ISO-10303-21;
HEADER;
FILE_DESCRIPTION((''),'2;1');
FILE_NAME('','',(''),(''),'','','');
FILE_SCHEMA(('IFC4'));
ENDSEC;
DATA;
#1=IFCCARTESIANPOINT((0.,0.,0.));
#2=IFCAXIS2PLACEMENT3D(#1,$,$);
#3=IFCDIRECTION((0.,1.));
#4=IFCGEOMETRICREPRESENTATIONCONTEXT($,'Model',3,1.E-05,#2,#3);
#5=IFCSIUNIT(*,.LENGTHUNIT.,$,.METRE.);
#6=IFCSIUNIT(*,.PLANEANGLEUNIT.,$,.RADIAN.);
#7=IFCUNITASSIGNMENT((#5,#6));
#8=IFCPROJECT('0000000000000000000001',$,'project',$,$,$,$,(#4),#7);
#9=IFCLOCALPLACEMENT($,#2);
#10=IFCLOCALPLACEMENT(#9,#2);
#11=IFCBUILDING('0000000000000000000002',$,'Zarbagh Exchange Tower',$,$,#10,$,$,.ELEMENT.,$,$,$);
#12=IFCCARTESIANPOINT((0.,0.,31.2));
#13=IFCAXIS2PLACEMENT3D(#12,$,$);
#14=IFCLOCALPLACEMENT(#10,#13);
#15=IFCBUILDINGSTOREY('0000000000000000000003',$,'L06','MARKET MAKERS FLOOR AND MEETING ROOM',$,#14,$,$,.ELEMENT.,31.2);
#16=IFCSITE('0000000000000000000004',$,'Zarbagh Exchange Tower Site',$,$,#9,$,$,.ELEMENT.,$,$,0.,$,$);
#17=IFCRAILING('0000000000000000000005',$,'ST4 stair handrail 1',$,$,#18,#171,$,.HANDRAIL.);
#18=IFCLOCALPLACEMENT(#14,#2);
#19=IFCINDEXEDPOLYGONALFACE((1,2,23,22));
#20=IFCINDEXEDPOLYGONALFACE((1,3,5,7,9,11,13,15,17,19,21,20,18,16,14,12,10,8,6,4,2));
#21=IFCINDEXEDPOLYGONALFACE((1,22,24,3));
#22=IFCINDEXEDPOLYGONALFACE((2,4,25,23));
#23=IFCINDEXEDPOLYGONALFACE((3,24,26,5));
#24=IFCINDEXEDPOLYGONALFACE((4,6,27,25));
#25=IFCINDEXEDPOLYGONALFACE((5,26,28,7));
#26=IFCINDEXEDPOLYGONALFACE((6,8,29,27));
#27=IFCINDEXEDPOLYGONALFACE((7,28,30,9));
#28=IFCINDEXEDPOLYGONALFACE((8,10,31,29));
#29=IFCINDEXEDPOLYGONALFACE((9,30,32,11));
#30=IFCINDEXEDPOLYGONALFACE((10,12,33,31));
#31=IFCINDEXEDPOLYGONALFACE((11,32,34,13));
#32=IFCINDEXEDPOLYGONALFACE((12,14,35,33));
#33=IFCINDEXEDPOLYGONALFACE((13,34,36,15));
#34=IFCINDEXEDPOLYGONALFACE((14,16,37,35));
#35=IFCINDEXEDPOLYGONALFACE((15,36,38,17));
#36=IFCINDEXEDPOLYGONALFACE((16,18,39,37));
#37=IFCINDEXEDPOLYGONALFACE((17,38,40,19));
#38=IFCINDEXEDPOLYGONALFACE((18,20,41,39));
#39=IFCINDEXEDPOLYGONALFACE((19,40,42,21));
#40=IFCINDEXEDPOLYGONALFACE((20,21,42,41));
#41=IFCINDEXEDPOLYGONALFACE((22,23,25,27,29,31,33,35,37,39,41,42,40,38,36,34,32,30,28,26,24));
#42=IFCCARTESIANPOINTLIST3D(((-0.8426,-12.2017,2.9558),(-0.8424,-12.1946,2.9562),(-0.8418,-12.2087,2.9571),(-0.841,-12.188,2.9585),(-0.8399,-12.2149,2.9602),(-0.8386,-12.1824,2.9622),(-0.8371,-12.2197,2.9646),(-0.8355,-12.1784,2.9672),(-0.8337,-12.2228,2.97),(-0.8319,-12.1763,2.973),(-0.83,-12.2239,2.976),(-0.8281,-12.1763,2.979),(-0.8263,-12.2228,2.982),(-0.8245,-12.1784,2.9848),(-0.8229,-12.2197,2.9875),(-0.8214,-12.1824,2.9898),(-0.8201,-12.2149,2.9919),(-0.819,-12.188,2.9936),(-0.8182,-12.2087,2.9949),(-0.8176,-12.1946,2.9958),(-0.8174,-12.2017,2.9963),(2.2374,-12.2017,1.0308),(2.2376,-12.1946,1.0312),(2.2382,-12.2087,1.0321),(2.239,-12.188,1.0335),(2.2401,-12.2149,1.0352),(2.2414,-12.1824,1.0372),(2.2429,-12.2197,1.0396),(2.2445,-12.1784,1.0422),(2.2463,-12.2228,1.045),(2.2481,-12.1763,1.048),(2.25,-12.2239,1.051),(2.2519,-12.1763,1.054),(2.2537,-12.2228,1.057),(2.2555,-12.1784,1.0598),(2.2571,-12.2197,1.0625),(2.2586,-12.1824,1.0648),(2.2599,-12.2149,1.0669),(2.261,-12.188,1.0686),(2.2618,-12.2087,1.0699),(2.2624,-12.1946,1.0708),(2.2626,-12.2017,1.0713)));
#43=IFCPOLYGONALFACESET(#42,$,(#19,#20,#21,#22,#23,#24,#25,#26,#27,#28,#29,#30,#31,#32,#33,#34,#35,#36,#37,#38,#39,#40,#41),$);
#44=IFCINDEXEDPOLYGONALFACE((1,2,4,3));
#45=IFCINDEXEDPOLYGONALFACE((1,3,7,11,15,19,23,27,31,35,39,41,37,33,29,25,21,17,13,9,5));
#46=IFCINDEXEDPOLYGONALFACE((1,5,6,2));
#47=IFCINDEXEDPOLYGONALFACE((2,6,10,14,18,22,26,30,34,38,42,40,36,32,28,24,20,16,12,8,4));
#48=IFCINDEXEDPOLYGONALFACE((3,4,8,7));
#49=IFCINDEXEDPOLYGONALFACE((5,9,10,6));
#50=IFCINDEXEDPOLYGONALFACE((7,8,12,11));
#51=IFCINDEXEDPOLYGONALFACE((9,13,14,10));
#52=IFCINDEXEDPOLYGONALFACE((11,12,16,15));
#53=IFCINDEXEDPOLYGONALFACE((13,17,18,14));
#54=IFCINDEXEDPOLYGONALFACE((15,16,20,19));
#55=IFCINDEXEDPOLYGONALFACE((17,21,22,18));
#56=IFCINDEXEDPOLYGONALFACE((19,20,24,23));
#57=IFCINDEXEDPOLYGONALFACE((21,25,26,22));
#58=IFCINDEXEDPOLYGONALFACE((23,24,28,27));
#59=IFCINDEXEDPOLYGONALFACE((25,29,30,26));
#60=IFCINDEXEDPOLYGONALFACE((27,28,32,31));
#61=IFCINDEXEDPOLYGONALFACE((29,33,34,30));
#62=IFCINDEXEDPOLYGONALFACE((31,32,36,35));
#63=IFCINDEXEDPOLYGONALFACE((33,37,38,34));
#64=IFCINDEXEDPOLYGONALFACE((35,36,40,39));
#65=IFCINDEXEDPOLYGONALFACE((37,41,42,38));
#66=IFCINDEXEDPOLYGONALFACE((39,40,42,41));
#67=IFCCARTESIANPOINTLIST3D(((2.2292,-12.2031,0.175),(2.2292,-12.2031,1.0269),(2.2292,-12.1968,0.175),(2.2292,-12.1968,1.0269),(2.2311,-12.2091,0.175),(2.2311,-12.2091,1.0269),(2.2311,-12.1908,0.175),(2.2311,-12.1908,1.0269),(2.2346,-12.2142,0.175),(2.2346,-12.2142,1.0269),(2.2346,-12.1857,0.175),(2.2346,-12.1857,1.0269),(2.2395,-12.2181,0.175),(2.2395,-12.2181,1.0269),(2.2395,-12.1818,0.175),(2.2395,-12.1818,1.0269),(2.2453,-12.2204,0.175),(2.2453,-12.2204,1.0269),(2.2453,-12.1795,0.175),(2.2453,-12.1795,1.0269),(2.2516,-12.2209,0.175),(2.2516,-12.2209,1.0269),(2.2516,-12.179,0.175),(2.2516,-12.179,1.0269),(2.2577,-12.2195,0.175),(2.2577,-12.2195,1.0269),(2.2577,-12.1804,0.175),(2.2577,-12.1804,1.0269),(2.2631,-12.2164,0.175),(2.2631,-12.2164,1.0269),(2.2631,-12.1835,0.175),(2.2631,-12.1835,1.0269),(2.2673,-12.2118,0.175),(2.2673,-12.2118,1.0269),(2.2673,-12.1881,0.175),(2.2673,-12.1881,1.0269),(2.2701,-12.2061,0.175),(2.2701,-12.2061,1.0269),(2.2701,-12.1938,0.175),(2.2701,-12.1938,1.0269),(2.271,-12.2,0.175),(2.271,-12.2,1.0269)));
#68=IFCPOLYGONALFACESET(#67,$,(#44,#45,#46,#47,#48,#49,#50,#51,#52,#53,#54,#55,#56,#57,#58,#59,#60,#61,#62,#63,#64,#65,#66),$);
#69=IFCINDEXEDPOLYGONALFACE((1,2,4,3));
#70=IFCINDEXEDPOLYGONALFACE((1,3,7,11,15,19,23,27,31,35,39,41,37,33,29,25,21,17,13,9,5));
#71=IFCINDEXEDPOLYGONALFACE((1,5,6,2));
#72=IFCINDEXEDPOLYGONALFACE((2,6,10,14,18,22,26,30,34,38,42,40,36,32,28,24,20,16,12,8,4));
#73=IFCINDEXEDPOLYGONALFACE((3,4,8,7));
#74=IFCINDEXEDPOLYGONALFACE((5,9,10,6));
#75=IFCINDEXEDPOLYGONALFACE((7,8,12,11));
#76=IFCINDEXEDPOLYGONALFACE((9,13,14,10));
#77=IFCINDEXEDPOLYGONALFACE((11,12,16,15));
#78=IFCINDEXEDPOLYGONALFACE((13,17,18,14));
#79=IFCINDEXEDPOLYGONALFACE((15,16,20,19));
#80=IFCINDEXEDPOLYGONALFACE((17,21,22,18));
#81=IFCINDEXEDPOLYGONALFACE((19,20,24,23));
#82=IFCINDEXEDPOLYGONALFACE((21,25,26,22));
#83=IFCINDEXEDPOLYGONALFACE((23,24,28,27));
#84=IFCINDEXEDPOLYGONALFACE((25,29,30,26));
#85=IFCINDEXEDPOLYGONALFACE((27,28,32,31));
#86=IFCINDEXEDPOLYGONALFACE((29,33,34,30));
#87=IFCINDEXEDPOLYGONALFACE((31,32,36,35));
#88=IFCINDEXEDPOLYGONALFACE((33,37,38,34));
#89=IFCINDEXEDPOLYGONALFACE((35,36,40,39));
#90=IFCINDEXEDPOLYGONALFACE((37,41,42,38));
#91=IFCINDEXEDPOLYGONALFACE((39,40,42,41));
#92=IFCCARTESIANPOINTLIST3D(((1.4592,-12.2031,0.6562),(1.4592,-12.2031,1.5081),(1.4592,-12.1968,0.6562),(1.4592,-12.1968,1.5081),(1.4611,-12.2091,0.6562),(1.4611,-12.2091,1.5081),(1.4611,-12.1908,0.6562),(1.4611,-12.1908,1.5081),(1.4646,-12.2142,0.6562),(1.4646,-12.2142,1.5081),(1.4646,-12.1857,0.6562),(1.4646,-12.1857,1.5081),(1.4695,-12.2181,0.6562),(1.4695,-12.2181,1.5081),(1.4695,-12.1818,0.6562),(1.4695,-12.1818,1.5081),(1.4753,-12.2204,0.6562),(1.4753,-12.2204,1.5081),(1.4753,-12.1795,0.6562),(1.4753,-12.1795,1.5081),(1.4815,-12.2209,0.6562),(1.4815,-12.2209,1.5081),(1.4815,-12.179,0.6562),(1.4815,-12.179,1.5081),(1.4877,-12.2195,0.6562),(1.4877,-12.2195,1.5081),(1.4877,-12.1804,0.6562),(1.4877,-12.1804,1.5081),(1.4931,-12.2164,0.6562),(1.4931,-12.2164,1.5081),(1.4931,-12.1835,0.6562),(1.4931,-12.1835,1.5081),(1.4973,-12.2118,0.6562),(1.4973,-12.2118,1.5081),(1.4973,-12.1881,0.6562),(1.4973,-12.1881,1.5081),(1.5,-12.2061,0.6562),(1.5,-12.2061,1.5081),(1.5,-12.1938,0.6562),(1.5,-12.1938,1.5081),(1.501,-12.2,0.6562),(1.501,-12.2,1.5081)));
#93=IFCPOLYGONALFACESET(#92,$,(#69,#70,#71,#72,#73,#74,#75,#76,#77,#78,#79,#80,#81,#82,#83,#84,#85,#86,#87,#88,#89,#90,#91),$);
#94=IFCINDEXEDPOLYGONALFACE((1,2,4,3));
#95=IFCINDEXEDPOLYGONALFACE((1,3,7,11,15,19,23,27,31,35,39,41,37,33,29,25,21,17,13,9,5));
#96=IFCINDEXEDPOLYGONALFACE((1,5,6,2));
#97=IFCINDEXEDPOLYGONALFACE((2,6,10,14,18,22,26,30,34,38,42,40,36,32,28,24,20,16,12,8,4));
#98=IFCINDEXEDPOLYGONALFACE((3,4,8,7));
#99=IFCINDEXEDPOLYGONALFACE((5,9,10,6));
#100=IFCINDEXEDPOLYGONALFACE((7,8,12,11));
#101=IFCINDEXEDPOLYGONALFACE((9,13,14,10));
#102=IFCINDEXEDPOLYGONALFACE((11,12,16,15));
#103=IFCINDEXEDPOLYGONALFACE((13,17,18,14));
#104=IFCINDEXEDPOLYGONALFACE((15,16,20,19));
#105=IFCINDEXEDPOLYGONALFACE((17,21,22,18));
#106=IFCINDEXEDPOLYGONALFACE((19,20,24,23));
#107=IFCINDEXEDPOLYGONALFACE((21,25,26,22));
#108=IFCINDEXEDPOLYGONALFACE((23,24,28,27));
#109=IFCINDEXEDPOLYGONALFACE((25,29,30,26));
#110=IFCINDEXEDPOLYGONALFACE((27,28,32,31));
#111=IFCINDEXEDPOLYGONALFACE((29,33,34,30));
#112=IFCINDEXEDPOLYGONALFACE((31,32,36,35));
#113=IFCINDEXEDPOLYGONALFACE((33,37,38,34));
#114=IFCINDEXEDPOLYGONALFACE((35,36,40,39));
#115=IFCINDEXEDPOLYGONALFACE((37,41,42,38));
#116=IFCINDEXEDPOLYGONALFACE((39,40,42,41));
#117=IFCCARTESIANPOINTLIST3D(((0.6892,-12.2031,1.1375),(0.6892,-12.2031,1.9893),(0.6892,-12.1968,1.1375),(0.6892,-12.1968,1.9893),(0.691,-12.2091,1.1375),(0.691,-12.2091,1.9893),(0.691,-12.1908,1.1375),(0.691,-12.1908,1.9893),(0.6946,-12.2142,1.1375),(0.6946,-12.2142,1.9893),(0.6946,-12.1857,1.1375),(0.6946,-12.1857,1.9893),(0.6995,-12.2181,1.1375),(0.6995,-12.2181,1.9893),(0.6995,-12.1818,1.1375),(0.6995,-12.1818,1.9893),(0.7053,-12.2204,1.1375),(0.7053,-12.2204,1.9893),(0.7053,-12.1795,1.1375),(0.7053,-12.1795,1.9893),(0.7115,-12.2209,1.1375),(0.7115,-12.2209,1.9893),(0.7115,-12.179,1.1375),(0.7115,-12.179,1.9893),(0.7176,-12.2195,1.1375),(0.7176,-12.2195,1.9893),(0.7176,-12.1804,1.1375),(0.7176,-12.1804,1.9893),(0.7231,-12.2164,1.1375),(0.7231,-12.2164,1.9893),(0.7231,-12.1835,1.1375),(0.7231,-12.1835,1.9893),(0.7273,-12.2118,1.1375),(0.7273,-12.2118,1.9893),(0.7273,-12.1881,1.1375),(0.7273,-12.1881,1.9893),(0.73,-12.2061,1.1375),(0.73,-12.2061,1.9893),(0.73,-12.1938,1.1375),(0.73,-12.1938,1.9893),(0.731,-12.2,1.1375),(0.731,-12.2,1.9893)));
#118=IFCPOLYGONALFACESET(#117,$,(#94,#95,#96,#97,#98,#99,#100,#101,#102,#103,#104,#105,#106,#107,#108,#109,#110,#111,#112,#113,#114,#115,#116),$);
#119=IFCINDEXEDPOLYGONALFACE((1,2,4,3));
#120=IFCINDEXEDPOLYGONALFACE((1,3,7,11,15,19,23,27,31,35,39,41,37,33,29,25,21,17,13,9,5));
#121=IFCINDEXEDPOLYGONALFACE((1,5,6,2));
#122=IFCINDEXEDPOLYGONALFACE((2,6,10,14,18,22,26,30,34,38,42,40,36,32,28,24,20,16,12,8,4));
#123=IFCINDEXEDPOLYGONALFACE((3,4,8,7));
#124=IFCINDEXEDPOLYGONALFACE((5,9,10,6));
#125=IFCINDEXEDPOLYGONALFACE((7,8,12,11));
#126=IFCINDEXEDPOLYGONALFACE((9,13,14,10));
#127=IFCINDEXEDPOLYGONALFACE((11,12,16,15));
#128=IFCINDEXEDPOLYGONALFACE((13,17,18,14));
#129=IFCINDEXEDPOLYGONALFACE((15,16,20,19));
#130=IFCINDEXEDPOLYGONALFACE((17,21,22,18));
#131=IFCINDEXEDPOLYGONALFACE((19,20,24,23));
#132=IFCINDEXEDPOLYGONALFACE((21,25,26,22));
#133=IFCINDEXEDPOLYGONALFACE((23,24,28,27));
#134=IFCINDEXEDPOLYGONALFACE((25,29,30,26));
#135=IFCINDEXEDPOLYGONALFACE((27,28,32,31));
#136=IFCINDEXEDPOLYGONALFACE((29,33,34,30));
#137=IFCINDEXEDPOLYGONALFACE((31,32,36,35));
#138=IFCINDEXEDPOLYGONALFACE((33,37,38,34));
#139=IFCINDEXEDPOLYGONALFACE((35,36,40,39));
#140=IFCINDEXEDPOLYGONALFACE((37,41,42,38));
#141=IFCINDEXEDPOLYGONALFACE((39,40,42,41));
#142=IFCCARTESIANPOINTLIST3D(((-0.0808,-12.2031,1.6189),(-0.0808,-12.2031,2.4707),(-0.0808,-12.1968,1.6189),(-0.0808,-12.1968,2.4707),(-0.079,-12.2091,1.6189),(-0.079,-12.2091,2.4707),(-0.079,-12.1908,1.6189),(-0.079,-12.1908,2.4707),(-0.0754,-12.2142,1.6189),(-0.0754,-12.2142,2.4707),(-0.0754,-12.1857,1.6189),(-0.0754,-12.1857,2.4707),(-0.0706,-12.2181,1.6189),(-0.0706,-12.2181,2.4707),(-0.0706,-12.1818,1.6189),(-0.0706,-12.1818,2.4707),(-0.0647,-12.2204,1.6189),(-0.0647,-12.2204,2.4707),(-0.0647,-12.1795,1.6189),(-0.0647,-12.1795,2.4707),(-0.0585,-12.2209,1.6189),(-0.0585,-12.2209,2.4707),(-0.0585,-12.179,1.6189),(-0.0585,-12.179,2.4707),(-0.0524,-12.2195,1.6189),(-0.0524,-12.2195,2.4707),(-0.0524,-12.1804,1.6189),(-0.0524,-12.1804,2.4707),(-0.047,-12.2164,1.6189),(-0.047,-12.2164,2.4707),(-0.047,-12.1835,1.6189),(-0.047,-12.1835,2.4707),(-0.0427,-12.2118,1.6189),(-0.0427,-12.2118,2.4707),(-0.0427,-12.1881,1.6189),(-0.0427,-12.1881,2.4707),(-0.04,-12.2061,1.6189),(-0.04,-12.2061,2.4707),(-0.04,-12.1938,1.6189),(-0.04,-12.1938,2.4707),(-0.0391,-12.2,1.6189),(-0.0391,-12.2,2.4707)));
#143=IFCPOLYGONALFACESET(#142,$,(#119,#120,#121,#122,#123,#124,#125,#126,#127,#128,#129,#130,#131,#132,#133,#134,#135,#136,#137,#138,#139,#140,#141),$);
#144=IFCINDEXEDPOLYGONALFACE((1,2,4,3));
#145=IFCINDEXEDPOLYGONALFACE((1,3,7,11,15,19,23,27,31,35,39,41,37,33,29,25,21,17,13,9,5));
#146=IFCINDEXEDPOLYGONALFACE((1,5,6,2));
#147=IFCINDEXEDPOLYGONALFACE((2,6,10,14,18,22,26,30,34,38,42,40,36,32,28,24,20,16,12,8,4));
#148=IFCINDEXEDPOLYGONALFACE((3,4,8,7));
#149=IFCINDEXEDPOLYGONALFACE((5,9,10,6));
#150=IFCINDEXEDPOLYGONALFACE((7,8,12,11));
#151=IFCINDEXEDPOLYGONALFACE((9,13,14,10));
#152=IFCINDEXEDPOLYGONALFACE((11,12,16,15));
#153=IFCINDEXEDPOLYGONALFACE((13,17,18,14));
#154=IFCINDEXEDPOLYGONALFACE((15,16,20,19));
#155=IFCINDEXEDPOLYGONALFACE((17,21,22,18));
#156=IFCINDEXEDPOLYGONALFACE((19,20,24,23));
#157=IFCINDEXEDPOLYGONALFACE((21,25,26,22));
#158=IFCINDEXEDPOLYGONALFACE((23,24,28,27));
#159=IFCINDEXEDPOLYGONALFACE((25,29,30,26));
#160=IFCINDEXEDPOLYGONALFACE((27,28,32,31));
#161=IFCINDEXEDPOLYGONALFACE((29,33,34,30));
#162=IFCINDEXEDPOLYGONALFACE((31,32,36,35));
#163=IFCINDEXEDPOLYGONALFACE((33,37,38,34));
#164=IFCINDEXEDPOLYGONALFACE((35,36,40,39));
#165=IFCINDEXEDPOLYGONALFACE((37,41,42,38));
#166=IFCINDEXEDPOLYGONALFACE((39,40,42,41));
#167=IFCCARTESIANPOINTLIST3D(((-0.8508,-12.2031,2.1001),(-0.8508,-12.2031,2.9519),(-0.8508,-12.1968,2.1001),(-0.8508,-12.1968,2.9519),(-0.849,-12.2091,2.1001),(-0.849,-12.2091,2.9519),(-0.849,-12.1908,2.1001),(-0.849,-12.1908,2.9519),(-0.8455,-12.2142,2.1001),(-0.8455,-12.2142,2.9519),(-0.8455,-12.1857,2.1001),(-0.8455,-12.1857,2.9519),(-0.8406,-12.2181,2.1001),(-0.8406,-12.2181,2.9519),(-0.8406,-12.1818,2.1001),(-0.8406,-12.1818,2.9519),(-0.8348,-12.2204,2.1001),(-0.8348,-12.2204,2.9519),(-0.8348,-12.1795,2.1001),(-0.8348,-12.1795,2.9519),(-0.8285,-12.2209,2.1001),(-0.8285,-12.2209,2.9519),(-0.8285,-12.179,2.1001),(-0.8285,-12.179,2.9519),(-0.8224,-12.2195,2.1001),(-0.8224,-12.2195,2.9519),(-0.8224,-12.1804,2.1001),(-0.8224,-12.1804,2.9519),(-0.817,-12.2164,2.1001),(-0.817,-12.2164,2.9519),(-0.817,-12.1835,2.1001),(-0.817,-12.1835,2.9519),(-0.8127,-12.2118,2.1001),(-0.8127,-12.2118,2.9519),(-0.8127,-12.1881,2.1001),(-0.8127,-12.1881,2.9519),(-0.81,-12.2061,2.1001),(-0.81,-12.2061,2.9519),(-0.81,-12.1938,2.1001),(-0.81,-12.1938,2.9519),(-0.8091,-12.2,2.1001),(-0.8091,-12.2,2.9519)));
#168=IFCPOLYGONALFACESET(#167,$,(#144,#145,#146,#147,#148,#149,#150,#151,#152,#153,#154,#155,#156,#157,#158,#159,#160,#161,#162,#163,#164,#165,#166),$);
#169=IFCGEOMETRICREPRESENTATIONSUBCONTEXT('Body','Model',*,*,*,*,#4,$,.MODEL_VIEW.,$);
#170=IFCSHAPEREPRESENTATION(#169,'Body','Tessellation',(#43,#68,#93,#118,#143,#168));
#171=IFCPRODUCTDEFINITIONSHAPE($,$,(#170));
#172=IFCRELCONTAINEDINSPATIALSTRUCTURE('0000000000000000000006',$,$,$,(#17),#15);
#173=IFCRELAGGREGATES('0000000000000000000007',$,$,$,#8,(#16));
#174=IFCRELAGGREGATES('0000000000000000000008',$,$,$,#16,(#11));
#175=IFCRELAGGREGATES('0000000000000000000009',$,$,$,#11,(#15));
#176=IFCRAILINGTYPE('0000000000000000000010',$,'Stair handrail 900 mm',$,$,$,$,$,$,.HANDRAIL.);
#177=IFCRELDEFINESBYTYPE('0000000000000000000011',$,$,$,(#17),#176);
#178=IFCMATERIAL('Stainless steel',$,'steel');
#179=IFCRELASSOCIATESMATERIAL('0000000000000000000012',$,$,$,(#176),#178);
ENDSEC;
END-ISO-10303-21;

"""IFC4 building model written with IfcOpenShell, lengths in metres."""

from ifc_helpers import new_model, si_unit, direction, frame, origin, origin_2d, place, context, subcontext, project, spatial, circle, extrude, material, type_object, element, save


model = new_model("IFC4")

# Units and contexts
model_context = context("Model", 3, precision=1e-05, world=origin(), true_north=direction((0.0, 1.0)))
body_context = subcontext(model_context, "Body", "Model", "MODEL_VIEW")
ifc_project = project(units=[si_unit("LENGTHUNIT", "METRE"), si_unit("PLANEANGLEUNIT", "RADIAN")], contexts=[model_context])

# Site, building, storey
site_placement = place(None, origin())
site = spatial("IfcSite", under=ifc_project, at=site_placement, Name="Zarbagh Exchange Tower Site", CompositionType="ELEMENT", RefElevation=0.0)
building_placement = place(site_placement, origin())
building = spatial("IfcBuilding", under=site, at=building_placement, Name="Zarbagh Exchange Tower", CompositionType="ELEMENT")
storey_placement = place(building_placement, frame((0.0, 0.0, 31.2)))
storey = spatial("IfcBuildingStorey", under=building, at=storey_placement, Name="L06", Description="MARKET MAKERS FLOOR AND MEETING ROOM", CompositionType="ELEMENT", Elevation=31.2)

# Railing
ifc_material_1 = material(Name="Stainless steel", Category="steel")
railing_type_1 = type_object("IfcRailingType", Name="Stair handrail 900 mm", PredefinedType="HANDRAIL", material=ifc_material_1)
railing_1_placement = place(storey_placement, frame((2.25, -12.2, 0.175)))
element("IfcRailing", 1, at=railing_1_placement, inside=storey, type_object=railing_type_1, Name="ST4 stair handrail 1", PredefinedType="HANDRAIL", context=body_context, shape_type="SweptSolid", body=[
    extrude(circle(Radius=0.0239, at=origin_2d()), frame((0.0, 0.0, 0.876), z_axis=(-0.847998, 0.0, 0.529999), x_axis=(0.0, -1.0, 0.0)), (0.0, 0.0, 1.0), 3.6321),
    extrude(circle(Radius=0.021, at=origin_2d()), origin(), (0.0, 0.0, 1.0), 0.8518),
    extrude(circle(Radius=0.021, at=origin_2d()), frame((-0.77, 0.0, 0.4812)), (0.0, 0.0, 1.0), 0.8518),
    extrude(circle(Radius=0.021, at=origin_2d()), frame((-1.54, 0.0, 0.9624)), (0.0, 0.0, 1.0), 0.8518),
    extrude(circle(Radius=0.021, at=origin_2d()), frame((-2.3101, 0.0, 1.4438)), (0.0, 0.0, 1.0), 0.8518),
    extrude(circle(Radius=0.021, at=origin_2d()), frame((-3.0801, 0.0, 1.925)), (0.0, 0.0, 1.0), 0.8518),
])

save(model, "model.ifc")
